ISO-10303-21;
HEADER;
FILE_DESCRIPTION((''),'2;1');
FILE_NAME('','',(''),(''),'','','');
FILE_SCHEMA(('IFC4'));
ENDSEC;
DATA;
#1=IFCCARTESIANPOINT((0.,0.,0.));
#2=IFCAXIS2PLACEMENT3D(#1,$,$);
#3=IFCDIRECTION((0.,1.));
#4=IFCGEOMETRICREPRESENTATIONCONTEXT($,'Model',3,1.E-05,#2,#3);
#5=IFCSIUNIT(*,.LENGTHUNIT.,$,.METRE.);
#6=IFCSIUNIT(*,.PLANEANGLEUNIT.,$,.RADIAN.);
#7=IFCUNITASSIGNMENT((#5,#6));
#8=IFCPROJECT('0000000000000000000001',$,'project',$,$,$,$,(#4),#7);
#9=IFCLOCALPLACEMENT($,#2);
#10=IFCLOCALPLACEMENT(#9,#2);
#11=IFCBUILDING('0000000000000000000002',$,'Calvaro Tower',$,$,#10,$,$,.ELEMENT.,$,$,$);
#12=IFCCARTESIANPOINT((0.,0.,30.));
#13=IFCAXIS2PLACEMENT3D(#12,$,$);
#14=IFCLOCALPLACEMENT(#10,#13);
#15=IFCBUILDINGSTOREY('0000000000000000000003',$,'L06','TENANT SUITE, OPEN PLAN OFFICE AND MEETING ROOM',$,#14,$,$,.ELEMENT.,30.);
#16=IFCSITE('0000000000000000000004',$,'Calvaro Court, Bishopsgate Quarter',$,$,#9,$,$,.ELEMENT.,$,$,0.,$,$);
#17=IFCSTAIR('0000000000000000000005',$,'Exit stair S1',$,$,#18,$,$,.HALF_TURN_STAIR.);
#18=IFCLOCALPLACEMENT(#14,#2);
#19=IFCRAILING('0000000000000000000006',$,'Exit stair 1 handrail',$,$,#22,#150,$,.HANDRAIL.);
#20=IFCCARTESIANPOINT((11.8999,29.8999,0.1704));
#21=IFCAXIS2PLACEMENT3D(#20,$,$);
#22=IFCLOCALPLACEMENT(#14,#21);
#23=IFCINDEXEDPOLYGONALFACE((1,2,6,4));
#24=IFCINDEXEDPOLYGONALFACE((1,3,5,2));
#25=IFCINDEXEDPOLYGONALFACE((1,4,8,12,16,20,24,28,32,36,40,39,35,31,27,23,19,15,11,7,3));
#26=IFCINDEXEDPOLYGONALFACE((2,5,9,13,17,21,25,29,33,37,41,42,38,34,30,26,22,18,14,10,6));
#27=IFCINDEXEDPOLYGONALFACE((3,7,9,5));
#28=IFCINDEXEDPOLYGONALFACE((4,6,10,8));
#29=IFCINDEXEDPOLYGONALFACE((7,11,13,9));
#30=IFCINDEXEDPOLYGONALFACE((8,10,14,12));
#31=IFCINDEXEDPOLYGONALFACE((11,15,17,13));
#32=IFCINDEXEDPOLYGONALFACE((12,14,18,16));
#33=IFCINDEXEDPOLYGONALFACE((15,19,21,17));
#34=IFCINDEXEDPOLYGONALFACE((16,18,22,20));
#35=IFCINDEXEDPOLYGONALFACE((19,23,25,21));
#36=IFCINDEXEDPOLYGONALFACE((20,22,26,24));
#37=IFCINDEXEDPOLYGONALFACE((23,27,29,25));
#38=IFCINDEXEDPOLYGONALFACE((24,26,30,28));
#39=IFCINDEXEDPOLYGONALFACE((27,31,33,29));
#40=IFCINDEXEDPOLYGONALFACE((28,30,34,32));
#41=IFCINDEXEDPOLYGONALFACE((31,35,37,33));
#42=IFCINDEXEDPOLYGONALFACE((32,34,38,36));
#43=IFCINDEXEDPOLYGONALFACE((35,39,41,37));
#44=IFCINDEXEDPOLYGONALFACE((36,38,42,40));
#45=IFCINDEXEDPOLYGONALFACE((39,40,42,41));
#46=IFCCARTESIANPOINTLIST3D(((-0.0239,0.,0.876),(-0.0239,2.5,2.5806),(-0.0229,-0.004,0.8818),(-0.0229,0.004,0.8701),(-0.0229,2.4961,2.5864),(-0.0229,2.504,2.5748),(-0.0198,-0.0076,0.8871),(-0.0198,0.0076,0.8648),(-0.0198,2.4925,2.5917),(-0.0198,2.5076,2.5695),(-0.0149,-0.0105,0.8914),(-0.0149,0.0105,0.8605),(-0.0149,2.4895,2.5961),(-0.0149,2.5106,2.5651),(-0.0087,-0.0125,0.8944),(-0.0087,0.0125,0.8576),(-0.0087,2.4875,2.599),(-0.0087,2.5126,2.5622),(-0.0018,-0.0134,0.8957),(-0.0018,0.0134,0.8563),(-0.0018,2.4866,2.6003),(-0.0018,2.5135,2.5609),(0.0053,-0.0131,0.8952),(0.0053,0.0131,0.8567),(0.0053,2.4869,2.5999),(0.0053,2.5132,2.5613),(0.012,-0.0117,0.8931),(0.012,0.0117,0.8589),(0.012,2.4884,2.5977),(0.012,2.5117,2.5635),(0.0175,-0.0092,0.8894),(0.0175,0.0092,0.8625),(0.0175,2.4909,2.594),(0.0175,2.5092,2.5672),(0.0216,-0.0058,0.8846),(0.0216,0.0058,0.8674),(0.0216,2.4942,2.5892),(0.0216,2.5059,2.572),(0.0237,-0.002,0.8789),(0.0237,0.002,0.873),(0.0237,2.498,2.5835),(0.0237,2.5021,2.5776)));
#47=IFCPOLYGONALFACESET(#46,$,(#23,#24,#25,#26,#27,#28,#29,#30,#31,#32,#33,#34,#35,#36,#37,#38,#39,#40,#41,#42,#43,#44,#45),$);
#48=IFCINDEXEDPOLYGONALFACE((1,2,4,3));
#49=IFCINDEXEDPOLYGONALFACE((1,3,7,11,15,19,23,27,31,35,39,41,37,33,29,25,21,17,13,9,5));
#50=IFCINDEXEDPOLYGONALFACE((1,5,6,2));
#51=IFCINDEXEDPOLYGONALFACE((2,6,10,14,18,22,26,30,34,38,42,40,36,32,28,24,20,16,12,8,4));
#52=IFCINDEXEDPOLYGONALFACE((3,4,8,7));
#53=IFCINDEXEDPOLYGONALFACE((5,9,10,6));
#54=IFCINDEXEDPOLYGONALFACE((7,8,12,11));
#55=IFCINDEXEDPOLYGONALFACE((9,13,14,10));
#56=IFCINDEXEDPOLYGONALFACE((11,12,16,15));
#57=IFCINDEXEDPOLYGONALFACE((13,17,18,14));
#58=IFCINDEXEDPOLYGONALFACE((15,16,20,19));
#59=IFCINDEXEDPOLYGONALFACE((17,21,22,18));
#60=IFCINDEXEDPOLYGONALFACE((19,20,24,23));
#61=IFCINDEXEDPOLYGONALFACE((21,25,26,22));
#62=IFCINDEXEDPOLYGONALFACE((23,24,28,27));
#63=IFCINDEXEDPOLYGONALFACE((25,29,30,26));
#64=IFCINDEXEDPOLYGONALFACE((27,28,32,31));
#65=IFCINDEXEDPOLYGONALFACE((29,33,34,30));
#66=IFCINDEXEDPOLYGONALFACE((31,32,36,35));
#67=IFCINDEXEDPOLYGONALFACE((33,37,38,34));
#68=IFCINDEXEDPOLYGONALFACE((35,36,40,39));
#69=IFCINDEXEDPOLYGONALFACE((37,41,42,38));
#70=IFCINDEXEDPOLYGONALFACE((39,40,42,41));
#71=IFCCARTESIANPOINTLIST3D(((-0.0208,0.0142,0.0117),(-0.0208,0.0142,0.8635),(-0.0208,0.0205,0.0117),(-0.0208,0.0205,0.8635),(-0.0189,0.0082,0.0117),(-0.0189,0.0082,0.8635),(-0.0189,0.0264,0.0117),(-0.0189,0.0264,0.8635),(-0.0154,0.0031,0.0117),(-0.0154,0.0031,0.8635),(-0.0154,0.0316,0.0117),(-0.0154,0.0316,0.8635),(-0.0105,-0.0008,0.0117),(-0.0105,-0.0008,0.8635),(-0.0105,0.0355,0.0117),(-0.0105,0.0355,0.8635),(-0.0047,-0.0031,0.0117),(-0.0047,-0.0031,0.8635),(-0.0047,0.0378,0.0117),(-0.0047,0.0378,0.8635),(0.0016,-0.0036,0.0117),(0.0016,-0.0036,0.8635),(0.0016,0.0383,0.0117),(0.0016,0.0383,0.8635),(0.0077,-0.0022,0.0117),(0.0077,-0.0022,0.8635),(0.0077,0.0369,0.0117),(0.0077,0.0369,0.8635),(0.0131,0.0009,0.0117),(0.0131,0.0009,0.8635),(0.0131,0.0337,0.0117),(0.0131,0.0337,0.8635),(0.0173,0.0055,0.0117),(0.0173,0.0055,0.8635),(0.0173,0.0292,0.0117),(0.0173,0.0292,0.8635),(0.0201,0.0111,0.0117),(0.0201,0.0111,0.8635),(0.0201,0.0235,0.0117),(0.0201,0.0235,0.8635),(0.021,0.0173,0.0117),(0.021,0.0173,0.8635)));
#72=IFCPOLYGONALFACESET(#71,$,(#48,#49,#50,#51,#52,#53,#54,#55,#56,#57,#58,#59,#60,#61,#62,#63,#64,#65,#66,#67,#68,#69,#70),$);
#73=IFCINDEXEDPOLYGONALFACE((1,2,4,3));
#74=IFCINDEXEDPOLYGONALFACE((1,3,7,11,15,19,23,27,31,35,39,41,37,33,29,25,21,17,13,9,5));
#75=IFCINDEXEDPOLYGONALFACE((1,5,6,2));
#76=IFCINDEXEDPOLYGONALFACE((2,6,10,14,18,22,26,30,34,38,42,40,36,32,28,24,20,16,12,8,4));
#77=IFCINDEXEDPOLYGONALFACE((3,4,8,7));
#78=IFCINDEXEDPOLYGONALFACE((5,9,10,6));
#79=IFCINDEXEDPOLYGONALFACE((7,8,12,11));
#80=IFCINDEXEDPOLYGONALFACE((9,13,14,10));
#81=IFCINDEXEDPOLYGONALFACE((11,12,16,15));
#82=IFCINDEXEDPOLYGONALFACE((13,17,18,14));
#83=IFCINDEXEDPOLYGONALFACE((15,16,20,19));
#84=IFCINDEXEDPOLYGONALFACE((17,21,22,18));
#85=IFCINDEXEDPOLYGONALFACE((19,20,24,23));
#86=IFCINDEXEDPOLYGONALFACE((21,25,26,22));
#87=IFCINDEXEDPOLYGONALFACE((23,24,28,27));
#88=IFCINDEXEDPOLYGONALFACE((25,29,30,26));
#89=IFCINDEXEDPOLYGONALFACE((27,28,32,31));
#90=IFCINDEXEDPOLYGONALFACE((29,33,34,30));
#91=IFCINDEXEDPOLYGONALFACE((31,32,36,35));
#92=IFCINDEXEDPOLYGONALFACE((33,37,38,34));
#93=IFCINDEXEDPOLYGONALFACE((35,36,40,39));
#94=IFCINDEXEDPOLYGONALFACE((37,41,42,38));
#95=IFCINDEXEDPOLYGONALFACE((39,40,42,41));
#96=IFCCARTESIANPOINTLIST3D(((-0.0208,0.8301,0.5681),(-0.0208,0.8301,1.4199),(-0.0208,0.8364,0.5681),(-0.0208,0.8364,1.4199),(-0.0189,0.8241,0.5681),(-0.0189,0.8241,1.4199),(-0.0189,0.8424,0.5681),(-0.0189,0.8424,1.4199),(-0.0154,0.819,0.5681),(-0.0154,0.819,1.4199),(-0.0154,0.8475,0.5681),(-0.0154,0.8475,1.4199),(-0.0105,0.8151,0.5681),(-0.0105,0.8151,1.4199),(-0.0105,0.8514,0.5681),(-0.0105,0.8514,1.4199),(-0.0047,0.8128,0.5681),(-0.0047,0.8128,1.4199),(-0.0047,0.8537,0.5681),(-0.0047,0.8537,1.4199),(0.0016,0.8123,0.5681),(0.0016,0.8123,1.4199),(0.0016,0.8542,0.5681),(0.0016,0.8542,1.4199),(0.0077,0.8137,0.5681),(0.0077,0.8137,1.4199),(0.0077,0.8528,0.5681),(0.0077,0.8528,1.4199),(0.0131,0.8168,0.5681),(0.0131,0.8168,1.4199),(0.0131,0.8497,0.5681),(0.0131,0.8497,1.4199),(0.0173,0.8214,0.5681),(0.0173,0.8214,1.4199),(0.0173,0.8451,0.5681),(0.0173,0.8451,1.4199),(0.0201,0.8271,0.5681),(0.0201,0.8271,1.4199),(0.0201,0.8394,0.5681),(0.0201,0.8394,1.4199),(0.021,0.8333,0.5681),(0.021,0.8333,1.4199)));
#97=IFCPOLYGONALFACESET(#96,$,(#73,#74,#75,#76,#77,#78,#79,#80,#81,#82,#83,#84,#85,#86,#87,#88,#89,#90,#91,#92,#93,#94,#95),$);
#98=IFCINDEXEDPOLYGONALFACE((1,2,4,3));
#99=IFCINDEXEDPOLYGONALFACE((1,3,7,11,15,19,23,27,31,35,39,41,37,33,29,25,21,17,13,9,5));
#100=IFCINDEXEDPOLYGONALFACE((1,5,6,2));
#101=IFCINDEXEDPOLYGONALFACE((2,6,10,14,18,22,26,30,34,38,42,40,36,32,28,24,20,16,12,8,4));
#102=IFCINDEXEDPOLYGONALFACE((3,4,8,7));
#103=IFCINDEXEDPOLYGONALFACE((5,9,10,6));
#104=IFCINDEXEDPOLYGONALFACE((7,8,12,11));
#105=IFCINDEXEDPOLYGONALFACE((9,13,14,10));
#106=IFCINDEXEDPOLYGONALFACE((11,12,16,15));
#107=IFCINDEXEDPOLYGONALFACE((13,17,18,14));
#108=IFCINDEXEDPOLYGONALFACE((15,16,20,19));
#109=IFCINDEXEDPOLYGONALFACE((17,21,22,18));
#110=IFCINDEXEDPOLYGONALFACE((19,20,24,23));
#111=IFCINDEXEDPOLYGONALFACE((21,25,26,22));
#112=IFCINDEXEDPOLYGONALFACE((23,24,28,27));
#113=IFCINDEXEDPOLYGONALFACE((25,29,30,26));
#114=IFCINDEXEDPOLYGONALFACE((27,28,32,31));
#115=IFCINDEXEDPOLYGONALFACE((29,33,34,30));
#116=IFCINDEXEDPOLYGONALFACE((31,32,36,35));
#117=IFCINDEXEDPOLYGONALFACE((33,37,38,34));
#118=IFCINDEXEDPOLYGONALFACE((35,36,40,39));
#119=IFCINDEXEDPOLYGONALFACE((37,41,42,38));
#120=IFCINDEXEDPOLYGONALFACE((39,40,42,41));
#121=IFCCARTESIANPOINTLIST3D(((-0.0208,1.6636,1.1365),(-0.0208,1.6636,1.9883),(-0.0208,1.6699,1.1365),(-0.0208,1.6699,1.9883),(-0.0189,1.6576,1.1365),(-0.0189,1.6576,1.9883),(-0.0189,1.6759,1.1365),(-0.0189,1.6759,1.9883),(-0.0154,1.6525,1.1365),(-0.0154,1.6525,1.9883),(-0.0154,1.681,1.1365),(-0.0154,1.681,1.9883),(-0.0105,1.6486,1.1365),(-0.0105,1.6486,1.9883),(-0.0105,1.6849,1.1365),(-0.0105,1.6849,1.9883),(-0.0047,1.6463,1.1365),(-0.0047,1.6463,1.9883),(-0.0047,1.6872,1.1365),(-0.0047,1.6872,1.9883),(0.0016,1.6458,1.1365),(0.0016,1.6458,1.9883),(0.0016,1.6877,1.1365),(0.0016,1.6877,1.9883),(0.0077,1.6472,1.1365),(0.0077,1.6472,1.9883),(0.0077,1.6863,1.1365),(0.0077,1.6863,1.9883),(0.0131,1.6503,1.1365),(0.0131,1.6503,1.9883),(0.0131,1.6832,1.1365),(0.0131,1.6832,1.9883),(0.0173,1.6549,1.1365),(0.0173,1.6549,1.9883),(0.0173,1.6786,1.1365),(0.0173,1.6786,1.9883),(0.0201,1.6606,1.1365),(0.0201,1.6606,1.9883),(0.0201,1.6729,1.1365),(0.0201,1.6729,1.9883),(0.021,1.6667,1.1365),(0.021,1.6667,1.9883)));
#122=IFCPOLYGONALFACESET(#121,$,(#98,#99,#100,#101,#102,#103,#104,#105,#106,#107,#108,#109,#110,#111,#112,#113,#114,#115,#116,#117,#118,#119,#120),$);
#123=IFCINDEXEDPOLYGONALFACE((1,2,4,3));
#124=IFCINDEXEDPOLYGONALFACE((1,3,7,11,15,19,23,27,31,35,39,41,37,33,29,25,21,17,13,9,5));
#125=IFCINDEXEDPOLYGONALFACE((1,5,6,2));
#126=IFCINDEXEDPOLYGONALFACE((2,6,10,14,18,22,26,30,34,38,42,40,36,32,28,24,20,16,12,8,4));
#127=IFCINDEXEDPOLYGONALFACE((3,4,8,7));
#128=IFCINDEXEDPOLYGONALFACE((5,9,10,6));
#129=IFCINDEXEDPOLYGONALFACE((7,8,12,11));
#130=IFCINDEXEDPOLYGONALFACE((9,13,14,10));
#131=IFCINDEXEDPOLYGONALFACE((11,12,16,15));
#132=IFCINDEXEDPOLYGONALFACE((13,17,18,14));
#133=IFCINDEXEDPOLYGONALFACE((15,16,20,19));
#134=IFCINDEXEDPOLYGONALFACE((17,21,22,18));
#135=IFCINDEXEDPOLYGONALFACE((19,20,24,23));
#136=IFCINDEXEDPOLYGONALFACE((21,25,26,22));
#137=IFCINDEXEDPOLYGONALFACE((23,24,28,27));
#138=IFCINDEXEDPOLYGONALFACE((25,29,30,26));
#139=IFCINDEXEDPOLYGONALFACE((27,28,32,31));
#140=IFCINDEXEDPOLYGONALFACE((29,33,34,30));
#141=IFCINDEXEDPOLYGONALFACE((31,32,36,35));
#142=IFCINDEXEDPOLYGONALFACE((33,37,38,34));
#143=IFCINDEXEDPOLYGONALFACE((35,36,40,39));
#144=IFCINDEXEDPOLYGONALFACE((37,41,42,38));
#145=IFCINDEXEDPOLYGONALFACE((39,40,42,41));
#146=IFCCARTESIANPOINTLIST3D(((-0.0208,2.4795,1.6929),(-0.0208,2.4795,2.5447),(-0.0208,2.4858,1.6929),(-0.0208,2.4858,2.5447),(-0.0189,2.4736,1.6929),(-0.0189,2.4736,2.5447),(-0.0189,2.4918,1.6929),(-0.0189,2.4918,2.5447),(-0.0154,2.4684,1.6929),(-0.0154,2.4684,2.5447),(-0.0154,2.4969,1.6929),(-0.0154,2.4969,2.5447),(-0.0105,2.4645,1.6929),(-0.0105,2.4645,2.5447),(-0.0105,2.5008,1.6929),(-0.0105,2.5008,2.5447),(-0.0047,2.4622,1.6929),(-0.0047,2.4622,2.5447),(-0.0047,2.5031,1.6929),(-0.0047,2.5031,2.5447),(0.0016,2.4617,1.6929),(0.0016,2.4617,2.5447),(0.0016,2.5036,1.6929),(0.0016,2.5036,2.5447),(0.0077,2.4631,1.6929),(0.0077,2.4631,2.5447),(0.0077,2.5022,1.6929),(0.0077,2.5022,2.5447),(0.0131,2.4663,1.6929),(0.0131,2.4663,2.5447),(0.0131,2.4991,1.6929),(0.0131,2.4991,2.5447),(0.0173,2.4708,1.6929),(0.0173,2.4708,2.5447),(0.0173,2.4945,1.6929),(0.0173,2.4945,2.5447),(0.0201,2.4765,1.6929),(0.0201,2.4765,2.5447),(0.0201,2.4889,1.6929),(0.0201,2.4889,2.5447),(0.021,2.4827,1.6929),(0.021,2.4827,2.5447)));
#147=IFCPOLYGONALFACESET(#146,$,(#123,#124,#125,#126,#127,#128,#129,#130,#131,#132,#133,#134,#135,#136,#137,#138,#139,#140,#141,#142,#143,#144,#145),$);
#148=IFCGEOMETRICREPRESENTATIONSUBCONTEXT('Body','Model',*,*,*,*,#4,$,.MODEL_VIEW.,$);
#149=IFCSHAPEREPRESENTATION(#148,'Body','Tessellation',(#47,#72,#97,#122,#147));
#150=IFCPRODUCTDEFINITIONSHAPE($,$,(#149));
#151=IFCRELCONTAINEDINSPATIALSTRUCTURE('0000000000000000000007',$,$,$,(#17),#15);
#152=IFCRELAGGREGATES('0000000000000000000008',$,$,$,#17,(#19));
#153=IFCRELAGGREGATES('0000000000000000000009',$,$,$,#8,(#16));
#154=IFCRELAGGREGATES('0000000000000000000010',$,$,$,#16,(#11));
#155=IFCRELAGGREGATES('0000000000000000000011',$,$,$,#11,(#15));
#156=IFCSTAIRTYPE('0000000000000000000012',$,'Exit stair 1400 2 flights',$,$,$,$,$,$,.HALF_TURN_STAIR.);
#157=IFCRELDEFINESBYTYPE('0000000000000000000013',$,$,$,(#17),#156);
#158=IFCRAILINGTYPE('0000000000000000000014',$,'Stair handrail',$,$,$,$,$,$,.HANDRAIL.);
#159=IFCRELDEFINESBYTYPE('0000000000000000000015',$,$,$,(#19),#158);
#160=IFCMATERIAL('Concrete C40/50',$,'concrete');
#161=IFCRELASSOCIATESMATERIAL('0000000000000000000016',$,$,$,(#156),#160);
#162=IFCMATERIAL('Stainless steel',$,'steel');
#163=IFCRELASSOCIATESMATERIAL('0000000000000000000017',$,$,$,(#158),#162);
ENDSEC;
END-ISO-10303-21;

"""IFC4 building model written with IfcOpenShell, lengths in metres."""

from ifc_helpers import new_model, si_unit, direction, frame, origin, origin_2d, place, context, subcontext, project, spatial, circle, extrude, material, type_object, element, aggregate, save


model = new_model("IFC4")

# Units and contexts
model_context = context("Model", 3, precision=1e-05, world=origin(), true_north=direction((0.0, 1.0)))
body_context = subcontext(model_context, "Body", "Model", "MODEL_VIEW")
ifc_project = project(units=[si_unit("LENGTHUNIT", "METRE"), si_unit("PLANEANGLEUNIT", "RADIAN")], contexts=[model_context])

# Site, building, storey
site_placement = place(None, origin())
site = spatial("IfcSite", under=ifc_project, at=site_placement, Name="Calvaro Court, Bishopsgate Quarter", CompositionType="ELEMENT", RefElevation=0.0)
building_placement = place(site_placement, origin())
building = spatial("IfcBuilding", under=site, at=building_placement, Name="Calvaro Tower", CompositionType="ELEMENT")
storey_placement = place(building_placement, frame((0.0, 0.0, 30.0)))
storey = spatial("IfcBuildingStorey", under=building, at=storey_placement, Name="L06", Description="TENANT SUITE, OPEN PLAN OFFICE AND MEETING ROOM", CompositionType="ELEMENT", Elevation=30.0)

# Stair, railing
ifc_material_1 = material(Name="Concrete C40/50", Category="concrete")
stair_type = type_object("IfcStairType", Name="Exit stair 1400 2 flights", PredefinedType="HALF_TURN_STAIR", material=ifc_material_1)
stair_placement = place(storey_placement, origin())
stair = element("IfcStair", 1, at=stair_placement, inside=storey, type_object=stair_type, Name="Exit stair S1", PredefinedType="HALF_TURN_STAIR")
ifc_material_2 = material(Name="Stainless steel", Category="steel")
railing_type = type_object("IfcRailingType", Name="Stair handrail", PredefinedType="HANDRAIL", material=ifc_material_2)
railing_1_placement = place(storey_placement, frame((11.8999, 29.8999, 0.1704)))
railing_1 = element("IfcRailing", 2, at=railing_1_placement, type_object=railing_type, Name="Exit stair 1 handrail", PredefinedType="HANDRAIL", context=body_context, shape_type="SweptSolid", body=[
    extrude(circle(Radius=0.0239, at=origin_2d()), frame((0.0, 0.0, 0.876), z_axis=(0.0, 0.826221, 0.563347), x_axis=(-1.0, 0.0, 0.0)), (0.0, 0.0, 1.0), 3.0259),
    extrude(circle(Radius=0.021, at=origin_2d()), frame((0.0, 0.0173, 0.0117)), (0.0, 0.0, 1.0), 0.8518),
    extrude(circle(Radius=0.021, at=origin_2d()), frame((0.0, 0.8333, 0.5681)), (0.0, 0.0, 1.0), 0.8518),
    extrude(circle(Radius=0.021, at=origin_2d()), frame((0.0, 1.6667, 1.1365)), (0.0, 0.0, 1.0), 0.8518),
    extrude(circle(Radius=0.021, at=origin_2d()), frame((0.0, 2.4827, 1.6929)), (0.0, 0.0, 1.0), 0.8518),
])
aggregate(stair, [railing_1])

save(model, "model.ifc")
